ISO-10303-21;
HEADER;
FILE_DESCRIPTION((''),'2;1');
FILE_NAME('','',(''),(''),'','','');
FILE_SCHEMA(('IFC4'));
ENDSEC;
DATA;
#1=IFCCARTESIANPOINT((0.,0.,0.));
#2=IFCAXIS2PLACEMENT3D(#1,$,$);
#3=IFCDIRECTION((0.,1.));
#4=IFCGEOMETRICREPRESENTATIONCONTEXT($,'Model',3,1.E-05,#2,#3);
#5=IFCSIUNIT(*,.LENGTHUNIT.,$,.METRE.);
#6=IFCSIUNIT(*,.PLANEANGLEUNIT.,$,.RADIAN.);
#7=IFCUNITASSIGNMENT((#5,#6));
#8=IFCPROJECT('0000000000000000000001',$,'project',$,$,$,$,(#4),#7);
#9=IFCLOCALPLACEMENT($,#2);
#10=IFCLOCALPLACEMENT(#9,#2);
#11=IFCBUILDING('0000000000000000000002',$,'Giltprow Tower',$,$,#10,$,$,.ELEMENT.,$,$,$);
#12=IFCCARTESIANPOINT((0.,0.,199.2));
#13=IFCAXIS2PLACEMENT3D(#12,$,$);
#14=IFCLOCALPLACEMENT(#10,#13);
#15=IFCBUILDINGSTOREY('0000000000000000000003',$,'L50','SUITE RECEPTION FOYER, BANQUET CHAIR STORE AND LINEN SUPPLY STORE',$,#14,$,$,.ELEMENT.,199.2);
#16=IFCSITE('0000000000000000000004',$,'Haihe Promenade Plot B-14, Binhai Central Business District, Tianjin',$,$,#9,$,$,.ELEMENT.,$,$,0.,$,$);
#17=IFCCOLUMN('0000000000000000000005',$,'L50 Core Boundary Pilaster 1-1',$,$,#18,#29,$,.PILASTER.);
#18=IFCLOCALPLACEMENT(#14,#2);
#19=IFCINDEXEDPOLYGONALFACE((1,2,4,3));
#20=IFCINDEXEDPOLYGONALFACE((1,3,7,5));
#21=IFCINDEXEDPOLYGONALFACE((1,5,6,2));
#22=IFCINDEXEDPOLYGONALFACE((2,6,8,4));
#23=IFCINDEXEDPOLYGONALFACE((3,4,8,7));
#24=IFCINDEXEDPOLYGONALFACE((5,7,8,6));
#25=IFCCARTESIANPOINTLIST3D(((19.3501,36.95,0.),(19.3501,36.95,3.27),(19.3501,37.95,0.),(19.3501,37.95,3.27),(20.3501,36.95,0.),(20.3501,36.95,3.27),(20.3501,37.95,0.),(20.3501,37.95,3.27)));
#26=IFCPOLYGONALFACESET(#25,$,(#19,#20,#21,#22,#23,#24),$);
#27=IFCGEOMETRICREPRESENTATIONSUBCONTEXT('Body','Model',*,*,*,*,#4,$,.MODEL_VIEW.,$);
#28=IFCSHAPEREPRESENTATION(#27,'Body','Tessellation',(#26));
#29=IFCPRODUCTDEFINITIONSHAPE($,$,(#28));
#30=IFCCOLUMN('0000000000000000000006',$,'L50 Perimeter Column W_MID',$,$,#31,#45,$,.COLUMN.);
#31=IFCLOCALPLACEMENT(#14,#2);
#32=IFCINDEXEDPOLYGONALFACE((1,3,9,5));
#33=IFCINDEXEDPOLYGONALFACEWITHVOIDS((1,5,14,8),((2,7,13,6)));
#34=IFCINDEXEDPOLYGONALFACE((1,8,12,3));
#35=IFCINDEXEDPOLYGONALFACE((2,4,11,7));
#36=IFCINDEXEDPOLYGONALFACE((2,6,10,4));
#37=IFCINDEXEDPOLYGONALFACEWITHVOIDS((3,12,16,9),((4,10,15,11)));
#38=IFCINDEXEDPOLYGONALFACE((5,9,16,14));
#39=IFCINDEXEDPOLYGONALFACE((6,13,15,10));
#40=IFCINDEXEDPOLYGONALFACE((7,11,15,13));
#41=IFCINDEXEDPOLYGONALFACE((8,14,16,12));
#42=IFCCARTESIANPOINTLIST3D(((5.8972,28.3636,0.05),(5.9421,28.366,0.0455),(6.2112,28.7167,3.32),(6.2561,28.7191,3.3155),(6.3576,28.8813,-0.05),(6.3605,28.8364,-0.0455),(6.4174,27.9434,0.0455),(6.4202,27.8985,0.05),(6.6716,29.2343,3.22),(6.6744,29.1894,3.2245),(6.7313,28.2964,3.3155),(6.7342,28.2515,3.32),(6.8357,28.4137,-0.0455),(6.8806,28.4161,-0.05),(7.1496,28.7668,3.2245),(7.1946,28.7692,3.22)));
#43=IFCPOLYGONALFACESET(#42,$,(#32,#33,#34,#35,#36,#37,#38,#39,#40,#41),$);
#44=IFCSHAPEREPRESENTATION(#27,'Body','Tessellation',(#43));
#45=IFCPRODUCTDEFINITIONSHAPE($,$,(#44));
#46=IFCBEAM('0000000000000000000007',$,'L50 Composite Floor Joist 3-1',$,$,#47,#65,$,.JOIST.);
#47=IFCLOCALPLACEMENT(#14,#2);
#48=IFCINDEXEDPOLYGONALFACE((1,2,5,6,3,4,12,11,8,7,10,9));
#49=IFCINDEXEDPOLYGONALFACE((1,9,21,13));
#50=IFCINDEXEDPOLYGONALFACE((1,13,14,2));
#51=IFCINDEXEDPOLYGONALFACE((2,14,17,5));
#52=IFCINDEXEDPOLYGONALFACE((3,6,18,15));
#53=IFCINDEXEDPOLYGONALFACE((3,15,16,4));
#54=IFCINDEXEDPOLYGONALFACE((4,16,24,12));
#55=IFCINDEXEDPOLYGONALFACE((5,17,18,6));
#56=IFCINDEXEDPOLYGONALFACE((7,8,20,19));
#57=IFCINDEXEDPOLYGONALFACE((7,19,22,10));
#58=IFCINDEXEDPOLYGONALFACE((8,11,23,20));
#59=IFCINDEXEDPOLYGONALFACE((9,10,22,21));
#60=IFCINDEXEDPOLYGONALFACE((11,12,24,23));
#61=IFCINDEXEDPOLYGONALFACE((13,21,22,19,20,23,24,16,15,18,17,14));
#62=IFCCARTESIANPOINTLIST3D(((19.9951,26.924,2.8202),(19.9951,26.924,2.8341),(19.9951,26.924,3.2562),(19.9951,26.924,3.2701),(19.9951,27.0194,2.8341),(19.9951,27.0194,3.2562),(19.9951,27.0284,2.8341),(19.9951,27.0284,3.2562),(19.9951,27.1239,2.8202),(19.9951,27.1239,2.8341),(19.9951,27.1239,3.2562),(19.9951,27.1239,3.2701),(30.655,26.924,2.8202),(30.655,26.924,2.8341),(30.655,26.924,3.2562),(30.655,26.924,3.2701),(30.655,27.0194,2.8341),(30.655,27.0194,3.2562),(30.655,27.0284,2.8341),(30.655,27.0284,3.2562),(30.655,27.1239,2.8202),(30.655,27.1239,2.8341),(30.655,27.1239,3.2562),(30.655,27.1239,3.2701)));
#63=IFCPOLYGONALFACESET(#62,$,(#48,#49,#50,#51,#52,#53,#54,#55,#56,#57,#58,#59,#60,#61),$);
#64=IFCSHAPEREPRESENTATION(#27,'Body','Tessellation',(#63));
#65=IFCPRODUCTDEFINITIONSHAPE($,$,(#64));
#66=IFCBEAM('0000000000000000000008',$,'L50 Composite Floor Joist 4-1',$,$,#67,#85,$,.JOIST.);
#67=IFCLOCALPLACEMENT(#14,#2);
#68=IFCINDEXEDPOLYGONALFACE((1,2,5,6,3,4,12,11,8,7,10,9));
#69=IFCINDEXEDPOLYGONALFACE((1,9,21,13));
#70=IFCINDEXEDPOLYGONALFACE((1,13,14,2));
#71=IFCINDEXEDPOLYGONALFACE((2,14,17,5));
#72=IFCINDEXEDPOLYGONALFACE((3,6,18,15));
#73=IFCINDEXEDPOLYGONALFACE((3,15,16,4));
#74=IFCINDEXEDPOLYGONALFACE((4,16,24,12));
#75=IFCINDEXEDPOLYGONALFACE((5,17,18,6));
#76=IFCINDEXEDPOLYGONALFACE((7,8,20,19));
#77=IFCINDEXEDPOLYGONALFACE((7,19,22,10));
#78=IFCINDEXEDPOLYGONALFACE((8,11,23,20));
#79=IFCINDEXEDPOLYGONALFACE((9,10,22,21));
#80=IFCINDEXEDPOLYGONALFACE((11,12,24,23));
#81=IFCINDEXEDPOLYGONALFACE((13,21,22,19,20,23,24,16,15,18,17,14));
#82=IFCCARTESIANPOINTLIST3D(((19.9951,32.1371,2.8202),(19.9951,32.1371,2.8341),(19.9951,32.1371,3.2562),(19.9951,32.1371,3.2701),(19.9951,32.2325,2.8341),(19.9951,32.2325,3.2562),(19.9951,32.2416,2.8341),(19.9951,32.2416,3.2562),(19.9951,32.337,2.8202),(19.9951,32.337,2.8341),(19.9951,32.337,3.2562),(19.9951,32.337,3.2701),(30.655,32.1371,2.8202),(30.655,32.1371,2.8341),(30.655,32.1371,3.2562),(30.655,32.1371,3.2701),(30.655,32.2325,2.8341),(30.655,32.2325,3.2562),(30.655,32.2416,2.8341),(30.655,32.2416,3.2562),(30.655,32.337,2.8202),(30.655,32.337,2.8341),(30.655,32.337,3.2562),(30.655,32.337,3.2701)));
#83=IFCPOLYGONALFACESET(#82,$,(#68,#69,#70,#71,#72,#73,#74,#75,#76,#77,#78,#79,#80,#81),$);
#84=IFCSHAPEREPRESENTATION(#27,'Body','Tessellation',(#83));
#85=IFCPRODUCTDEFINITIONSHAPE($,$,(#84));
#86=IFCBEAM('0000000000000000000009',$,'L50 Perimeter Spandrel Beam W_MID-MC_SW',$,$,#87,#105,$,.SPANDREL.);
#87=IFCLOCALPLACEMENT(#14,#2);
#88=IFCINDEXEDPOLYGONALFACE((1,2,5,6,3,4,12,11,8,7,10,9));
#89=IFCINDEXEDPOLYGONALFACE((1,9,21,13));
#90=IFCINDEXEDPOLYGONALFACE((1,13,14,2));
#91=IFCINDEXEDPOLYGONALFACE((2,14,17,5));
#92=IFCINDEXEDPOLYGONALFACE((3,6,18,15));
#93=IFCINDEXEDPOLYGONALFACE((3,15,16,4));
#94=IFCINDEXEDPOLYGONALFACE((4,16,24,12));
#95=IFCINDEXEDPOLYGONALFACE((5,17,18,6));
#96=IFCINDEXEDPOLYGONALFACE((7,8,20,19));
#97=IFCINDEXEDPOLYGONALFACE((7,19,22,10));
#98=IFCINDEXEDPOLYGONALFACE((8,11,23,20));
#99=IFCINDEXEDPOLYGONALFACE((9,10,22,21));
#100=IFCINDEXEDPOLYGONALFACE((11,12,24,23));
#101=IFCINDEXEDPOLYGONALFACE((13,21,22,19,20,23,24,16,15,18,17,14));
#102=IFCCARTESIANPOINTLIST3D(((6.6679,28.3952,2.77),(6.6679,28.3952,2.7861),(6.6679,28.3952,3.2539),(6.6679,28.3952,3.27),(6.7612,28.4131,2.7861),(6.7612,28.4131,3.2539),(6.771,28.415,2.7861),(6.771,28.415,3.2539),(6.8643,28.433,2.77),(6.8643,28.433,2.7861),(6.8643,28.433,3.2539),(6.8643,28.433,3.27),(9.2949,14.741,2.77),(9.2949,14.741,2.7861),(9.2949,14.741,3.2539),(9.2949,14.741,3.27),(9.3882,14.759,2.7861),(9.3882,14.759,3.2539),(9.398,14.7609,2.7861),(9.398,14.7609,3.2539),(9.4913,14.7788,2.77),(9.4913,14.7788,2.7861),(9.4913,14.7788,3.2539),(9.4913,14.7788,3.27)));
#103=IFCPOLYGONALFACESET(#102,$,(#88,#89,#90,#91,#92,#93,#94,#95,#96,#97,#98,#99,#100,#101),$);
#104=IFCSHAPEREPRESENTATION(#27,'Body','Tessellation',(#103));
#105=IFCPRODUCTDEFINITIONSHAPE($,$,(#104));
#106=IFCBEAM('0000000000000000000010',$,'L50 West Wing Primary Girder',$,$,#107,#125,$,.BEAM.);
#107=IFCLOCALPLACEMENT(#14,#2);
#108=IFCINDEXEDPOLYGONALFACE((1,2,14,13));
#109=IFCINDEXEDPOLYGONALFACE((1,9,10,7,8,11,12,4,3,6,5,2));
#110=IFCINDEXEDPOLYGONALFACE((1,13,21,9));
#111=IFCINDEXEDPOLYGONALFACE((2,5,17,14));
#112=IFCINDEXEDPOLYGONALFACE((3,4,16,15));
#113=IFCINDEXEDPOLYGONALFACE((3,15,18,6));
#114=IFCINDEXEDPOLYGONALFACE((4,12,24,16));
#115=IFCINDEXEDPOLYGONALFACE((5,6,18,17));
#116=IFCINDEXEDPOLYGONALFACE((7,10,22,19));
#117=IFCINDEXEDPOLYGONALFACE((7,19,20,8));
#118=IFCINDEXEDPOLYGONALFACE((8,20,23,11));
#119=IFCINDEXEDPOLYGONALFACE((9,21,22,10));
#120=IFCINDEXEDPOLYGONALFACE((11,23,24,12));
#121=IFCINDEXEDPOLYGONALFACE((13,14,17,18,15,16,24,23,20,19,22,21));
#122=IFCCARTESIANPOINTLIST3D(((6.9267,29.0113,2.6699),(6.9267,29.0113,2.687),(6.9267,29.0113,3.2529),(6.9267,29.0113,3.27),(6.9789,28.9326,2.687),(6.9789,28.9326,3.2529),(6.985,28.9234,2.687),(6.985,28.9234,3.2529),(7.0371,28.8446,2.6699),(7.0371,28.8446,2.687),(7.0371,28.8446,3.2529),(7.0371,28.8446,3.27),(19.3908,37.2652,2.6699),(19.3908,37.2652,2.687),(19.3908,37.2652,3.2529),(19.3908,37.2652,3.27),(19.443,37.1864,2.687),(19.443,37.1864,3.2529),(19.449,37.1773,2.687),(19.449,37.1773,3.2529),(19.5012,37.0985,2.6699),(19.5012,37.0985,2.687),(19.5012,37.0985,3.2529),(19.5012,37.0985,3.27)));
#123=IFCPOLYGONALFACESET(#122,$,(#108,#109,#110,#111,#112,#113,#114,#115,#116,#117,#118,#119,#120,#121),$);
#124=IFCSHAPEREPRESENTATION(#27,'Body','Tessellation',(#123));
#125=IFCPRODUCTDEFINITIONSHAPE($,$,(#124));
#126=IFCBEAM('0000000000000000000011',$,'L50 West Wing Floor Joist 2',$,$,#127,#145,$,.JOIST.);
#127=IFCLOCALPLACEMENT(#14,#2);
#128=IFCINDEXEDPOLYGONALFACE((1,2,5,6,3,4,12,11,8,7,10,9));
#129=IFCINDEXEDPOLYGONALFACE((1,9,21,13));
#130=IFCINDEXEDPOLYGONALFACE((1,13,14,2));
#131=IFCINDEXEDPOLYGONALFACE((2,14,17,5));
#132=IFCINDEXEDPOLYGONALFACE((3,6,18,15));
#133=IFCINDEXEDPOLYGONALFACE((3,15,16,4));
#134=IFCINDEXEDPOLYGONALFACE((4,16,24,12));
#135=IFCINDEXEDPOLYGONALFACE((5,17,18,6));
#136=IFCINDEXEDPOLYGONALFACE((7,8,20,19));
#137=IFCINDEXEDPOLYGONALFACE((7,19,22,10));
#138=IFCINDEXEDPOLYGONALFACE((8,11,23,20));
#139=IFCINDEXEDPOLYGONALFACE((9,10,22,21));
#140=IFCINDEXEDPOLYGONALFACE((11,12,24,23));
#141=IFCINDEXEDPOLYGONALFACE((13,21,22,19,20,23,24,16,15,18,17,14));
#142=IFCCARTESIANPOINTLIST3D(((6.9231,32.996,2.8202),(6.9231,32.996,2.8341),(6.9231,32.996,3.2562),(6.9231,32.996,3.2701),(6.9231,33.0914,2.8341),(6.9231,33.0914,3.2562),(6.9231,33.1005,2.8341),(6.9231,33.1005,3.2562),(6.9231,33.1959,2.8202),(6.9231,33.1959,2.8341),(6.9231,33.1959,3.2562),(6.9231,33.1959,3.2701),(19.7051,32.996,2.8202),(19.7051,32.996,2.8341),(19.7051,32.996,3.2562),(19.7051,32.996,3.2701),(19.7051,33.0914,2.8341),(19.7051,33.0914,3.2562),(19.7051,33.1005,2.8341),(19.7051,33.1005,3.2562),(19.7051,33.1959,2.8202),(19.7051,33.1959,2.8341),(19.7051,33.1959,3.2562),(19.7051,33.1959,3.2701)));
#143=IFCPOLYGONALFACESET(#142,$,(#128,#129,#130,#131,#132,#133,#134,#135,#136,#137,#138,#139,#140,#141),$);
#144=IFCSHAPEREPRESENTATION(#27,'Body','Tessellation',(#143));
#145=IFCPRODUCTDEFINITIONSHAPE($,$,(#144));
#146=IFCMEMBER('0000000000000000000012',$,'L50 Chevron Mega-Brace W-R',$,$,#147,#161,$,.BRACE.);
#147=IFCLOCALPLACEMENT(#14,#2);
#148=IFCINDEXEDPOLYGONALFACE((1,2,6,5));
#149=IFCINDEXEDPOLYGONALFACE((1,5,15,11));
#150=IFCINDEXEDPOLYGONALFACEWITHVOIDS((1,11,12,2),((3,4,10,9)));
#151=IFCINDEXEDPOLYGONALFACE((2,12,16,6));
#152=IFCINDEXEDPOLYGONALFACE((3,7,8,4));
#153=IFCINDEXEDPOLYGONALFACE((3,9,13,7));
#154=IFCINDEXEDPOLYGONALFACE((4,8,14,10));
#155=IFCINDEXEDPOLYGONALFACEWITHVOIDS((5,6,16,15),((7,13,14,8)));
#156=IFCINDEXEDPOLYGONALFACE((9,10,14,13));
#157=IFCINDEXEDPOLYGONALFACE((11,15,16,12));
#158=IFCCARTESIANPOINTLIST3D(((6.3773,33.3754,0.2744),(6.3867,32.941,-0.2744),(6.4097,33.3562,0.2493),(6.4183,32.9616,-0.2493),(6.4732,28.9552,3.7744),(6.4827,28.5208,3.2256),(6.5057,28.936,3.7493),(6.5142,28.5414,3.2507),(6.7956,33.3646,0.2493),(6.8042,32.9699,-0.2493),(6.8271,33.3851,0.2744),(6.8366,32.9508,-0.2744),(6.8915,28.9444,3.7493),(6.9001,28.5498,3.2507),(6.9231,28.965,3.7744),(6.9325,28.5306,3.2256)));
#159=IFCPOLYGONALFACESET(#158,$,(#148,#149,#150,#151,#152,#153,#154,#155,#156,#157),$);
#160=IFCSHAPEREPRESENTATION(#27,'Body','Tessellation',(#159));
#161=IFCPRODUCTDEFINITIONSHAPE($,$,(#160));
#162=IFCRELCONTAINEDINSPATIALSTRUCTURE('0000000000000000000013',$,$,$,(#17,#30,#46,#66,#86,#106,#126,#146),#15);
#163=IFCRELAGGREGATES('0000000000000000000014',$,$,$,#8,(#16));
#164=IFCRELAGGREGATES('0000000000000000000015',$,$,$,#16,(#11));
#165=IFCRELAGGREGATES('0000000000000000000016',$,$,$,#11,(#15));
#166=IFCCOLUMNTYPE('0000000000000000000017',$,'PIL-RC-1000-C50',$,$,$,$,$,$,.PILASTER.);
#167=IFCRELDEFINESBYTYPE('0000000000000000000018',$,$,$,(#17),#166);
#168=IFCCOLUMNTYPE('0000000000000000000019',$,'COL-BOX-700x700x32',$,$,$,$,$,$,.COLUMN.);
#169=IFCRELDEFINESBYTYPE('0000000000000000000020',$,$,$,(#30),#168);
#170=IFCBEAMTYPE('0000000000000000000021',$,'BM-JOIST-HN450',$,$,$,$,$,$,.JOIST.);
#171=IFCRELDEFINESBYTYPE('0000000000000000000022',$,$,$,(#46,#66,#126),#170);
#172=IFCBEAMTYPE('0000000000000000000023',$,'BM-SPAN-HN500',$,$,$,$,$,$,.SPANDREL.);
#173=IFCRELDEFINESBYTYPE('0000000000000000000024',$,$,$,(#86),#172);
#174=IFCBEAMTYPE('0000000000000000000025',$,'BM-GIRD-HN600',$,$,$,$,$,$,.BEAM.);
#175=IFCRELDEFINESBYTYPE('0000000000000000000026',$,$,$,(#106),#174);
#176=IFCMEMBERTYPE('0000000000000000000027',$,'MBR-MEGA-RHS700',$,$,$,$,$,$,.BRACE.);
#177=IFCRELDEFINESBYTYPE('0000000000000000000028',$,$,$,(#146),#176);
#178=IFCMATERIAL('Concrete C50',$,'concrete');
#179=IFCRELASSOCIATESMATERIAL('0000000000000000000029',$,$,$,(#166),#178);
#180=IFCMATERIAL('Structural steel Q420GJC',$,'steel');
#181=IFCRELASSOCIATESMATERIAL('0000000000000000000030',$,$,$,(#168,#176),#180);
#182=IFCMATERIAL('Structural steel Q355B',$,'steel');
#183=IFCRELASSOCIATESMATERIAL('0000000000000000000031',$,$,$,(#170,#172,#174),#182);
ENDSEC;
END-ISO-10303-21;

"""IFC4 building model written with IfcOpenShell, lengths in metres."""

from ifc_helpers import new_model, si_unit, direction, frame, origin, origin_2d, place, context, subcontext, project, spatial, rectangle, hollow_rectangle, i_section, extrude, source, transform, mapped, material, material_profile, profile_set, type_object, element, save


model = new_model("IFC4")

# Units and contexts
model_context = context("Model", 3, precision=1e-05, world=origin(), true_north=direction((0.0, 1.0)))
body_context = subcontext(model_context, "Body", "Model", "MODEL_VIEW")
ifc_project = project(units=[si_unit("LENGTHUNIT", "METRE"), si_unit("PLANEANGLEUNIT", "RADIAN")], contexts=[model_context])

# Site, building, storey
site_placement = place(None, origin())
site = spatial("IfcSite", under=ifc_project, at=site_placement, Name="Haihe Promenade Plot B-14, Binhai Central Business District, Tianjin", CompositionType="ELEMENT", RefElevation=0.0)
building_placement = place(site_placement, origin())
building = spatial("IfcBuilding", under=site, at=building_placement, Name="Giltprow Tower", CompositionType="ELEMENT")
storey_placement = place(building_placement, frame((0.0, 0.0, 199.2)))
storey = spatial("IfcBuildingStorey", under=building, at=storey_placement, Name="L50", Description="SUITE RECEPTION FOYER, BANQUET CHAIR STORE AND LINEN SUPPLY STORE", CompositionType="ELEMENT", Elevation=199.2)

# Columns
ifc_material_1 = material(Name="Concrete C50", Category="concrete")
ifc_material_profile_1 = material_profile(ifc_material_1, rectangle(XDim=1.0, YDim=1.0, at=origin_2d()), Name="RC 1000x1000")
ifc_profile_set_1 = profile_set([ifc_material_profile_1], Name="Concrete C50")
column_type_1 = type_object("IfcColumnType", Name="PIL-RC-1000-C50", PredefinedType="PILASTER", material=ifc_profile_set_1)
shared_shape_1 = source(origin(), body_context, "Body", "SweptSolid", [
    extrude(rectangle(XDim=1.0, YDim=1.0, at=origin_2d()), origin(), (0.0, 0.0, 1.0), 3.27),
])
column_1_placement = place(storey_placement, frame((19.8501, 37.45, 0.0), z_axis=(0.0, 0.0, 1.0), x_axis=(1.0, 0.0, 0.0)))
element("IfcColumn", 1, at=column_1_placement, inside=storey, type_object=column_type_1, Name="L50 Core Boundary Pilaster 1-1", PredefinedType="PILASTER", context=body_context, shape_type="MappedRepresentation", body=[
    mapped(shared_shape_1, transform((0.0, 0.0, 0.0), x_axis=(1.0, 0.0, 0.0), y_axis=(0.0, 1.0, 0.0), z_axis=(0.0, 0.0, 1.0), scale=1.0)),
])
ifc_material_2 = material(Name="Structural steel Q420GJC", Category="steel")
ifc_material_profile_2 = material_profile(ifc_material_2, hollow_rectangle(XDim=0.7, YDim=0.7, WallThickness=0.032, at=origin_2d()), Name="BOX 700x700x32")
ifc_profile_set_2 = profile_set([ifc_material_profile_2], Name="Structural steel Q420GJC")
column_type_2 = type_object("IfcColumnType", Name="COL-BOX-700x700x32", PredefinedType="COLUMN", material=ifc_profile_set_2)
shared_shape_2 = source(origin(), body_context, "Body", "SweptSolid", [
    extrude(hollow_rectangle(XDim=0.7, YDim=0.7, WallThickness=0.032, at=origin_2d()), origin(), (0.0, 0.0, 1.0), 3.304),
])
column_2_placement = place(storey_placement, frame((6.3889, 28.3899, 0.0), z_axis=(0.095026, 0.106849, 0.989724), x_axis=(-0.747238, 0.664556, 0.0)))
element("IfcColumn", 2, at=column_2_placement, inside=storey, type_object=column_type_2, Name="L50 Perimeter Column W_MID", PredefinedType="COLUMN", context=body_context, shape_type="MappedRepresentation", body=[
    mapped(shared_shape_2, transform((0.0, 0.0, 0.0), x_axis=(1.0, 0.0, 0.0), y_axis=(0.0, 1.0, 0.0), z_axis=(0.0, 0.0, 1.0), scale=1.0)),
])

# Beams
ifc_material_3 = material(Name="Structural steel Q355B", Category="steel")
ifc_material_profile_3 = material_profile(ifc_material_3, i_section(OverallWidth=0.2, OverallDepth=0.45, WebThickness=0.009, FlangeThickness=0.0139, at=origin_2d()), Name="HN 450x200x9x14")
ifc_profile_set_3 = profile_set([ifc_material_profile_3], Name="Structural steel Q355B")
beam_type_1 = type_object("IfcBeamType", Name="BM-JOIST-HN450", PredefinedType="JOIST", material=ifc_profile_set_3)
shared_shape_3 = source(origin(), body_context, "Body", "SweptSolid", [
    extrude(i_section(OverallWidth=0.2, OverallDepth=0.45, WebThickness=0.009, FlangeThickness=0.0139, at=origin_2d()), origin(), (0.0, 0.0, 1.0), 10.6599),
])
for number, where, z_axis, x_axis, name in (
    (3, (19.9951, 27.0239, 3.0452), (1.0, 0.0, 0.0), (0.0, 1.0, 0.0), "L50 Composite Floor Joist 3-1"),
    (4, (19.9951, 32.2371, 3.0452), (1.0, 0.0, 0.0), (0.0, 1.0, 0.0), "L50 Composite Floor Joist 4-1"),
):
    element("IfcBeam", number, at=place(storey_placement, frame(where, z_axis=z_axis, x_axis=x_axis)), inside=storey, type_object=beam_type_1, Name=name, PredefinedType="JOIST", context=body_context, shape_type="MappedRepresentation", body=[
        mapped(shared_shape_3, transform((0.0, 0.0, 0.0), x_axis=(1.0, 0.0, 0.0), y_axis=(0.0, 1.0, 0.0), z_axis=(0.0, 0.0, 1.0), scale=1.0)),
    ])
ifc_material_profile_4 = material_profile(ifc_material_3, i_section(OverallWidth=0.2, OverallDepth=0.5, WebThickness=0.01, FlangeThickness=0.0161, at=origin_2d()), Name="HN 500x200x10x16")
ifc_profile_set_4 = profile_set([ifc_material_profile_4], Name="Structural steel Q355B")
beam_type_2 = type_object("IfcBeamType", Name="BM-SPAN-HN500", PredefinedType="SPANDREL", material=ifc_profile_set_4)
shared_shape_4 = source(origin(), body_context, "Body", "SweptSolid", [
    extrude(i_section(OverallWidth=0.2, OverallDepth=0.5, WebThickness=0.01, FlangeThickness=0.0161, at=origin_2d()), origin(), (0.0, 0.0, 1.0), 13.9045),
])
beam_1_placement = place(storey_placement, frame((6.7661, 28.4141, 3.02), z_axis=(0.188929, -0.981991, 0.0), x_axis=(0.981991, 0.188929, 0.0)))
element("IfcBeam", 5, at=beam_1_placement, inside=storey, type_object=beam_type_2, Name="L50 Perimeter Spandrel Beam W_MID-MC_SW", PredefinedType="SPANDREL", context=body_context, shape_type="MappedRepresentation", body=[
    mapped(shared_shape_4, transform((0.0, 0.0, 0.0), x_axis=(1.0, 0.0, 0.0), y_axis=(0.0, 1.0, 0.0), z_axis=(0.0, 0.0, 1.0), scale=1.0)),
])
ifc_material_profile_5 = material_profile(ifc_material_3, i_section(OverallWidth=0.2, OverallDepth=0.6001, WebThickness=0.011, FlangeThickness=0.0171, at=origin_2d()), Name="HN 600x200x11x17")
ifc_profile_set_5 = profile_set([ifc_material_profile_5], Name="Structural steel Q355B")
beam_type_3 = type_object("IfcBeamType", Name="BM-GIRD-HN600", PredefinedType="BEAM", material=ifc_profile_set_5)
shared_shape_5 = source(origin(), body_context, "Body", "SweptSolid", [
    extrude(i_section(OverallWidth=0.2, OverallDepth=0.6001, WebThickness=0.011, FlangeThickness=0.0171, at=origin_2d()), origin(), (0.0, 0.0, 1.0), 14.9492),
])
beam_2_placement = place(storey_placement, frame((6.9819, 28.928, 2.97), z_axis=(0.83376, 0.552127, 0.0), x_axis=(-0.552127, 0.83376, 0.0)))
element("IfcBeam", 6, at=beam_2_placement, inside=storey, type_object=beam_type_3, Name="L50 West Wing Primary Girder", PredefinedType="BEAM", context=body_context, shape_type="MappedRepresentation", body=[
    mapped(shared_shape_5, transform((0.0, 0.0, 0.0), x_axis=(1.0, 0.0, 0.0), y_axis=(0.0, 1.0, 0.0), z_axis=(0.0, 0.0, 1.0), scale=1.0)),
])
shared_shape_6 = source(origin(), body_context, "Body", "SweptSolid", [
    extrude(i_section(OverallWidth=0.2, OverallDepth=0.45, WebThickness=0.009, FlangeThickness=0.0139, at=origin_2d()), origin(), (0.0, 0.0, 1.0), 12.782),
])
beam_3_placement = place(storey_placement, frame((6.9231, 33.0959, 3.0452), z_axis=(1.0, 0.0, 0.0), x_axis=(0.0, 1.0, 0.0)))
element("IfcBeam", 7, at=beam_3_placement, inside=storey, type_object=beam_type_1, Name="L50 West Wing Floor Joist 2", PredefinedType="JOIST", context=body_context, shape_type="MappedRepresentation", body=[
    mapped(shared_shape_6, transform((0.0, 0.0, 0.0), x_axis=(1.0, 0.0, 0.0), y_axis=(0.0, 1.0, 0.0), z_axis=(0.0, 0.0, 1.0), scale=1.0)),
])

# Member
ifc_material_profile_6 = material_profile(ifc_material_2, hollow_rectangle(XDim=0.45, YDim=0.7, WallThickness=0.032, at=origin_2d()), Name="RHS 700x450x32")
ifc_profile_set_6 = profile_set([ifc_material_profile_6], Name="Structural steel Q420GJC")
member_type = type_object("IfcMemberType", Name="MBR-MEGA-RHS700", PredefinedType="BRACE", material=ifc_profile_set_6)
shared_shape_7 = source(origin(), body_context, "Body", "SweptSolid", [
    extrude(hollow_rectangle(XDim=0.45, YDim=0.7, WallThickness=0.032, at=origin_2d()), origin(), (0.0, 0.0, 1.0), 5.6389),
])
member_placement = place(storey_placement, frame((6.6069, 33.1631, 0.0), z_axis=(0.017015, -0.783872, 0.62069), x_axis=(0.999764, 0.021702, 0.0)))
element("IfcMember", 8, at=member_placement, inside=storey, type_object=member_type, Name="L50 Chevron Mega-Brace W-R", PredefinedType="BRACE", context=body_context, shape_type="MappedRepresentation", body=[
    mapped(shared_shape_7, transform((0.0, 0.0, 0.0), x_axis=(1.0, 0.0, 0.0), y_axis=(0.0, 1.0, 0.0), z_axis=(0.0, 0.0, 1.0), scale=1.0)),
])

save(model, "model.ifc")
